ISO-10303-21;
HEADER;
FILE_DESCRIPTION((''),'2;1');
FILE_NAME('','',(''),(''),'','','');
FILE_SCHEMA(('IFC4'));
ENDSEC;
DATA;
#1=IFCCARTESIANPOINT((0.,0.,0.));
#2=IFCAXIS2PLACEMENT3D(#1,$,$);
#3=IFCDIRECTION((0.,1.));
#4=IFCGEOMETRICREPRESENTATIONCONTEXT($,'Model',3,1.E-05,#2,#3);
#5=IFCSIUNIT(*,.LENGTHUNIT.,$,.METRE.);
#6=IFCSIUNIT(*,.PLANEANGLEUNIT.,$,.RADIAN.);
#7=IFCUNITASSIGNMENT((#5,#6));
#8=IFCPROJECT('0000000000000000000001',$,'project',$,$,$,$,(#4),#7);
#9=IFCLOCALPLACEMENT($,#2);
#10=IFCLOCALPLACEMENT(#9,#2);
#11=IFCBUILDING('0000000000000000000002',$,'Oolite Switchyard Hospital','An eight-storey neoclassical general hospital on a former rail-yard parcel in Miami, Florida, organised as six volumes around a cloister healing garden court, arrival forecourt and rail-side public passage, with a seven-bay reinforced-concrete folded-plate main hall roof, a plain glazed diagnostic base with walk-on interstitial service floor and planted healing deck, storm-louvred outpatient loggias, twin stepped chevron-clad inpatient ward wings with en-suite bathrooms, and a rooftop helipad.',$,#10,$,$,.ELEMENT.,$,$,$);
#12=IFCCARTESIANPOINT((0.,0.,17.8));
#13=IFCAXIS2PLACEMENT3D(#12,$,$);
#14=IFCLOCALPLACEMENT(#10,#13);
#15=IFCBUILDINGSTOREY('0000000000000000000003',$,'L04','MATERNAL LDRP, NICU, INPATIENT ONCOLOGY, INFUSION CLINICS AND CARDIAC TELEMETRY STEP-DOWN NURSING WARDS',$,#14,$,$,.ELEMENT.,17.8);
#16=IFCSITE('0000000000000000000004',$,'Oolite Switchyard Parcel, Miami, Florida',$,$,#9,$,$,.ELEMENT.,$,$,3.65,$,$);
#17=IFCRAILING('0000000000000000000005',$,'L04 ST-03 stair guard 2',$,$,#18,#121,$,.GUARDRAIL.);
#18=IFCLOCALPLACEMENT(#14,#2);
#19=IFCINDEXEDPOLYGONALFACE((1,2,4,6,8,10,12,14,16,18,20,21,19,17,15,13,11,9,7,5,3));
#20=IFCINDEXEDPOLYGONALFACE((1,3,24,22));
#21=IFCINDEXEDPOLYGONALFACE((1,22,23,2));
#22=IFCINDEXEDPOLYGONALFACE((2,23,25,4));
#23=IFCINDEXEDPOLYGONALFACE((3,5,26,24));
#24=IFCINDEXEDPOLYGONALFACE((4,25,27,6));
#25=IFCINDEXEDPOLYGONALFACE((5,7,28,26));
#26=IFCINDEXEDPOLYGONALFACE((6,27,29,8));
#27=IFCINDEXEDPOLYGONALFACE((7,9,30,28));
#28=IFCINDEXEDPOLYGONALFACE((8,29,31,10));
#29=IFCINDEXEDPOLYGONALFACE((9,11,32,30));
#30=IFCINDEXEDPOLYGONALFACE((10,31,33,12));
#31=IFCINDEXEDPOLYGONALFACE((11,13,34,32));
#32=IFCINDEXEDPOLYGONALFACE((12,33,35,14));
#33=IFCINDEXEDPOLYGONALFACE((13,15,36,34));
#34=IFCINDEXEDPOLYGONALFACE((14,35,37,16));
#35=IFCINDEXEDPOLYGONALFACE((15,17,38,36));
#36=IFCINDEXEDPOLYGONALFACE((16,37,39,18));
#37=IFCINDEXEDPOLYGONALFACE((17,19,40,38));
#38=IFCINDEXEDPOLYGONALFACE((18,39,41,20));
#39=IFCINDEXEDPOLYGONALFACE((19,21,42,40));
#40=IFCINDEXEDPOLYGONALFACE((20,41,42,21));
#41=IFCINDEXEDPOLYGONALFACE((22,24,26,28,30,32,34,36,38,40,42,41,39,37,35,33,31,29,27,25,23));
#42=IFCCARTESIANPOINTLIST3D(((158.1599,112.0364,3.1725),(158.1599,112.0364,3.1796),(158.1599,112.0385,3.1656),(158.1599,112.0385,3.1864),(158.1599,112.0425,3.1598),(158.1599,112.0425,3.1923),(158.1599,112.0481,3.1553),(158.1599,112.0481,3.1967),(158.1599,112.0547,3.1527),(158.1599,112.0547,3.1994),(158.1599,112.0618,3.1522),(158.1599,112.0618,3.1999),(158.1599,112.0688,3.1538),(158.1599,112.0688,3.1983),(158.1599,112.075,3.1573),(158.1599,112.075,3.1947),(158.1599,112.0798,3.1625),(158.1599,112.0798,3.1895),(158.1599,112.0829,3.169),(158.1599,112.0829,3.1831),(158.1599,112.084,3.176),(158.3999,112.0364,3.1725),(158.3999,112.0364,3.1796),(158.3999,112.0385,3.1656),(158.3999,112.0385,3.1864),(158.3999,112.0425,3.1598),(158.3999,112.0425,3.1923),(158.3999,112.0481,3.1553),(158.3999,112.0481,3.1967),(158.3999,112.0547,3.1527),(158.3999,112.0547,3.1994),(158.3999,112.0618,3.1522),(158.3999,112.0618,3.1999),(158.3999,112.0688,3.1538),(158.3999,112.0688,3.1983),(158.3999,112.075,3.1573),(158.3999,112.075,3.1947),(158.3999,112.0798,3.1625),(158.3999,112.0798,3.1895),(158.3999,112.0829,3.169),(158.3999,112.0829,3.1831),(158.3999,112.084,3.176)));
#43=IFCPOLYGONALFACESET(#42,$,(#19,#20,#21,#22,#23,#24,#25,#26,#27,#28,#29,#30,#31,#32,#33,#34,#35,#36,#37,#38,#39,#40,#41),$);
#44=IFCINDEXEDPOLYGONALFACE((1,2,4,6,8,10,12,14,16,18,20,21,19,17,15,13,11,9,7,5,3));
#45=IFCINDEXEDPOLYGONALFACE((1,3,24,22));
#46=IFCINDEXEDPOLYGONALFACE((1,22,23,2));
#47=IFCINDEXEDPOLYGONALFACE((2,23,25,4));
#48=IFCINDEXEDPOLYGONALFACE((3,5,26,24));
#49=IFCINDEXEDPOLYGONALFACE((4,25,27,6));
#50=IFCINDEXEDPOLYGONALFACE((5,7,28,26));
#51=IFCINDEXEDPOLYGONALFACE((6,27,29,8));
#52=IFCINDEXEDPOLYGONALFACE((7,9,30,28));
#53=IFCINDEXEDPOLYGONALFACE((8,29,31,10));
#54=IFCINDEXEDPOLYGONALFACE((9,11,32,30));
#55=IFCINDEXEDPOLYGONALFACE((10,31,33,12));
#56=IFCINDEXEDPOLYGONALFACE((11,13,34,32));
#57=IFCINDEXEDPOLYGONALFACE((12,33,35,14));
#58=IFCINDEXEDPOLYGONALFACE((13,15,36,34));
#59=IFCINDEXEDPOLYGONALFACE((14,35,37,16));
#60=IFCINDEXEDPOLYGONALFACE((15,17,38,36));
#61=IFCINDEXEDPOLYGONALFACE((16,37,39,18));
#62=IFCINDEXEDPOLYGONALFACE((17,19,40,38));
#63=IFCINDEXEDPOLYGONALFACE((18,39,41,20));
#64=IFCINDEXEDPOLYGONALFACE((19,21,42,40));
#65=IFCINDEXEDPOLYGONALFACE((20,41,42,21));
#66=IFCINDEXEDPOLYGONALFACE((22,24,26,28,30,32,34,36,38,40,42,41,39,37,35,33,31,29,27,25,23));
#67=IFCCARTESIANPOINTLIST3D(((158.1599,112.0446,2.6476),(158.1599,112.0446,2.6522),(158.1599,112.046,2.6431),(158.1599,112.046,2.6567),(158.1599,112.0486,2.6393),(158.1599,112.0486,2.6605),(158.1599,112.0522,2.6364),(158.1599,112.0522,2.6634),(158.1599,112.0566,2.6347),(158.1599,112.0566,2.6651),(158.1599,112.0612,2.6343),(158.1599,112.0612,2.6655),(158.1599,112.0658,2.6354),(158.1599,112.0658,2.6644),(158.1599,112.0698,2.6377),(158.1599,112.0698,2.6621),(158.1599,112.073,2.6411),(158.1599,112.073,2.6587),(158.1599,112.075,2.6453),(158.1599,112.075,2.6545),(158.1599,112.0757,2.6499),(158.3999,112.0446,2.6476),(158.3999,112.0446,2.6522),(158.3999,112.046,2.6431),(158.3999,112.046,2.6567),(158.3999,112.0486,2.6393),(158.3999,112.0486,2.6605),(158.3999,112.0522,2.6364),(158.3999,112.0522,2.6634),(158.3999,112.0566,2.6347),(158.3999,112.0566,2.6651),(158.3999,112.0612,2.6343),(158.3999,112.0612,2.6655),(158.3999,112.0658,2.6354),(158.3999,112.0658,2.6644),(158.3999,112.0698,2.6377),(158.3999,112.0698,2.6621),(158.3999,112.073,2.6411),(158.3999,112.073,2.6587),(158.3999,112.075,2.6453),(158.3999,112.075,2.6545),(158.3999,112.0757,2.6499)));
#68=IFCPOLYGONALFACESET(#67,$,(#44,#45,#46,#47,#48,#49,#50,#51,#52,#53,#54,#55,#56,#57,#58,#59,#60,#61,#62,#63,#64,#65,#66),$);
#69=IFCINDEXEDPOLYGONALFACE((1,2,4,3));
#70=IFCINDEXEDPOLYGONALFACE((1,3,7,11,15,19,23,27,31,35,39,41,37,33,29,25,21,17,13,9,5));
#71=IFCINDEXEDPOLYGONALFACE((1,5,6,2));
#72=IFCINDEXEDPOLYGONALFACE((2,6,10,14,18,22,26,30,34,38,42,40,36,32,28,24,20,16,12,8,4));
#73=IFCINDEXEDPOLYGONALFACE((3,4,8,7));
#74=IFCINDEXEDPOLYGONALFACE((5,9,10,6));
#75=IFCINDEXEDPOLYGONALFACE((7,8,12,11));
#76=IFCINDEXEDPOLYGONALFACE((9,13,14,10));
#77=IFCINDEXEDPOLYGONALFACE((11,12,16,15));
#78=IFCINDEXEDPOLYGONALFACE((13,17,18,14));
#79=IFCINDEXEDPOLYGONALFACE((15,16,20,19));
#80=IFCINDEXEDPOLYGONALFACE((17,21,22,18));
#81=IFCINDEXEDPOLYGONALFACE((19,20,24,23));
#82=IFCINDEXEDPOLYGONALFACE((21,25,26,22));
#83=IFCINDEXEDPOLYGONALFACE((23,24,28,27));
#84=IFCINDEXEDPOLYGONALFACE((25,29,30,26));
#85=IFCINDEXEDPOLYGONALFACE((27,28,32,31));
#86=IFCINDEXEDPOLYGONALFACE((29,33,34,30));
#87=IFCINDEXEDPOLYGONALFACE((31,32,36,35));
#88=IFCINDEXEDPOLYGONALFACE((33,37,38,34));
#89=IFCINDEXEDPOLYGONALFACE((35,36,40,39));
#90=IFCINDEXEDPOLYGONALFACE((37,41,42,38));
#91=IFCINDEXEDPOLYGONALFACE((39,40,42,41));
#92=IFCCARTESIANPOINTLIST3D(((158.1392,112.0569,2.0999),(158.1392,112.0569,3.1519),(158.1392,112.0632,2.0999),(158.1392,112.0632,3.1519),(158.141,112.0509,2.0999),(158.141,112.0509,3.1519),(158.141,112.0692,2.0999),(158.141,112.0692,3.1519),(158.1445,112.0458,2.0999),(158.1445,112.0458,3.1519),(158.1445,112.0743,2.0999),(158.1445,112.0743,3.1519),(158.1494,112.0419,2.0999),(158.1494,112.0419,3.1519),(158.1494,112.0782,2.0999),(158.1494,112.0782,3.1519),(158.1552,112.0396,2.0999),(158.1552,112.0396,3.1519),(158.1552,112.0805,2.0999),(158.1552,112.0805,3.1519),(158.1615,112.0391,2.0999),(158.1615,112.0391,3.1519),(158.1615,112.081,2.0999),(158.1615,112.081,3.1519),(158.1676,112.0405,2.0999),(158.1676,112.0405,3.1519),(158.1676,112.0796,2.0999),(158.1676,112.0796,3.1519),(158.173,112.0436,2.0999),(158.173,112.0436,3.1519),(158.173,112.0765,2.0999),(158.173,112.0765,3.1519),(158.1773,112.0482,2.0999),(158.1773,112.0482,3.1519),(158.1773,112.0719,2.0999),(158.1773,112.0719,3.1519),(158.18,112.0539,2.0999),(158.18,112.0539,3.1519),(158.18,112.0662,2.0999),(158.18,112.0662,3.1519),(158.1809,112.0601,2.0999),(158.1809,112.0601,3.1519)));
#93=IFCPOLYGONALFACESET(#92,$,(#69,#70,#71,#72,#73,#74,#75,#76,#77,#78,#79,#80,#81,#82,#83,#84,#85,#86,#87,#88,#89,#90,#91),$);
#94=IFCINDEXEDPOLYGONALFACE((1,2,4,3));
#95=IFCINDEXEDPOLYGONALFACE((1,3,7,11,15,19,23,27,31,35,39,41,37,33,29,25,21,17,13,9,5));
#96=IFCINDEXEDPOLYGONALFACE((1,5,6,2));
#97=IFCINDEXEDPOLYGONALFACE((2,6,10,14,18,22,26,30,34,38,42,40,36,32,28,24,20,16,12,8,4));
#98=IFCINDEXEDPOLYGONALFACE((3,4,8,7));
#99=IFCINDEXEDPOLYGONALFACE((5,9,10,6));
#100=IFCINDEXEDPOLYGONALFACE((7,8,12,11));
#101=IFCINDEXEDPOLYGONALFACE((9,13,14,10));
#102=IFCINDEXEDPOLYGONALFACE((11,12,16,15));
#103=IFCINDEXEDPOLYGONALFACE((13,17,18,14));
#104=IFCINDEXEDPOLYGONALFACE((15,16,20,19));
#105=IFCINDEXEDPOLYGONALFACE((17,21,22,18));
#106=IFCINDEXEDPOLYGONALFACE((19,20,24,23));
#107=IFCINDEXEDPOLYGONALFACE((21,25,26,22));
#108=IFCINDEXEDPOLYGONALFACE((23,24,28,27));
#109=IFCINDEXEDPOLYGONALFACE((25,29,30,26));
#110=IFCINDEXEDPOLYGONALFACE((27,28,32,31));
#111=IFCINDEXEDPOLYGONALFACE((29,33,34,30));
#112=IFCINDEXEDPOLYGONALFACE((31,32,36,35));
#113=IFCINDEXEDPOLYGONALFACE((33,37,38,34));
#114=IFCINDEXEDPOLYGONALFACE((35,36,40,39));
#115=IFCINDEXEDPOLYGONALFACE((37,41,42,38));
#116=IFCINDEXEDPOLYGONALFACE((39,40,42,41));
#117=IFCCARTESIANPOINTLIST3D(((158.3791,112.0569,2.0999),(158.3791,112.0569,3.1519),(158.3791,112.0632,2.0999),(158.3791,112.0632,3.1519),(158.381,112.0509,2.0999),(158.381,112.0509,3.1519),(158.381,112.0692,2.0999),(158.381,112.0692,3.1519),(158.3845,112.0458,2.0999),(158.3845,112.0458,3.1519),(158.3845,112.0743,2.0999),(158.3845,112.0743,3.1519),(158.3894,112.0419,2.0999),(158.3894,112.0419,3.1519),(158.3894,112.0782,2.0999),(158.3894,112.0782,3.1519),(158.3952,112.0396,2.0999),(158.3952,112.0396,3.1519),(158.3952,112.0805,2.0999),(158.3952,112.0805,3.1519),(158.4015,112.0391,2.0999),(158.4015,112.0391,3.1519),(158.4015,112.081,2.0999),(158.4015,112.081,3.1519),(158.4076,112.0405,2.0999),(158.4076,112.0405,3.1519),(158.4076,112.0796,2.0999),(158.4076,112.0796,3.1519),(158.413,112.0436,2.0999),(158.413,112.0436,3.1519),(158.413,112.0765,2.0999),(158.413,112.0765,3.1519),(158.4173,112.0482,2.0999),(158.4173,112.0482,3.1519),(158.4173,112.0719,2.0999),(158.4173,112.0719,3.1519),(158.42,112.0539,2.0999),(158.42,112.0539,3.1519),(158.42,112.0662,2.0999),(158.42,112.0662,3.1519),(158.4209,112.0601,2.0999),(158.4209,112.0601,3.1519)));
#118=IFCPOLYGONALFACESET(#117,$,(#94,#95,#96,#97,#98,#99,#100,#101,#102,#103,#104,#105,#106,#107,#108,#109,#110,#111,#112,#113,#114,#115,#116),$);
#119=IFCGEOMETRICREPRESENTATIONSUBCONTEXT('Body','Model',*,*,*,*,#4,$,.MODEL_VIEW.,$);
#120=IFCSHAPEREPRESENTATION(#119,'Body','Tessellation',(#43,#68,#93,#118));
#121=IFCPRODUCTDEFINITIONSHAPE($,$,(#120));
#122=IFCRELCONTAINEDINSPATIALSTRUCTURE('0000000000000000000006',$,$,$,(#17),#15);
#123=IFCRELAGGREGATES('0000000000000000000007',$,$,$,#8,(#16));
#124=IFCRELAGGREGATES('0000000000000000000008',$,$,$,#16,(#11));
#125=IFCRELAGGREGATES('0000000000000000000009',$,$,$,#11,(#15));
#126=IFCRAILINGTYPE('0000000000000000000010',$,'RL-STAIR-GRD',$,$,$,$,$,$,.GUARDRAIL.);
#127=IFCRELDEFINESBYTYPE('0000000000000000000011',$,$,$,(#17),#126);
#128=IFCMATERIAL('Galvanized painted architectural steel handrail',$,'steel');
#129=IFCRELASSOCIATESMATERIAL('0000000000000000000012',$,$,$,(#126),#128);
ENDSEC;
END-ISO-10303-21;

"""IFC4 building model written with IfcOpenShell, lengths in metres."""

from ifc_helpers import new_model, si_unit, direction, frame, origin, origin_2d, place, context, subcontext, project, spatial, circle, extrude, material, type_object, element, save


model = new_model("IFC4")

# Units and contexts
model_context = context("Model", 3, precision=1e-05, world=origin(), true_north=direction((0.0, 1.0)))
body_context = subcontext(model_context, "Body", "Model", "MODEL_VIEW")
ifc_project = project(units=[si_unit("LENGTHUNIT", "METRE"), si_unit("PLANEANGLEUNIT", "RADIAN")], contexts=[model_context])

# Site, building, storey
site_placement = place(None, origin())
site = spatial("IfcSite", under=ifc_project, at=site_placement, Name="Oolite Switchyard Parcel, Miami, Florida", CompositionType="ELEMENT", RefElevation=3.65)
building_placement = place(site_placement, origin())
building = spatial("IfcBuilding", under=site, at=building_placement, Name="Oolite Switchyard Hospital", Description="An eight-storey neoclassical general hospital on a former rail-yard parcel in Miami, Florida, organised as six volumes around a cloister healing garden court, arrival forecourt and rail-side public passage, with a seven-bay reinforced-concrete folded-plate main hall roof, a plain glazed diagnostic base with walk-on interstitial service floor and planted healing deck, storm-louvred outpatient loggias, twin stepped chevron-clad inpatient ward wings with en-suite bathrooms, and a rooftop helipad.", CompositionType="ELEMENT")
storey_placement = place(building_placement, frame((0.0, 0.0, 17.8)))
storey = spatial("IfcBuildingStorey", under=building, at=storey_placement, Name="L04", Description="MATERNAL LDRP, NICU, INPATIENT ONCOLOGY, INFUSION CLINICS AND CARDIAC TELEMETRY STEP-DOWN NURSING WARDS", CompositionType="ELEMENT", Elevation=17.8)

# Railing
ifc_material_1 = material(Name="Galvanized painted architectural steel handrail", Category="steel")
railing_type_1 = type_object("IfcRailingType", Name="RL-STAIR-GRD", PredefinedType="GUARDRAIL", material=ifc_material_1)
railing_1_placement = place(storey_placement, frame((158.1599, 112.0601, 2.0999)))
element("IfcRailing", 1, at=railing_1_placement, inside=storey, type_object=railing_type_1, Name="L04 ST-03 stair guard 2", PredefinedType="GUARDRAIL", context=body_context, shape_type="SweptSolid", body=[
    extrude(circle(Radius=0.0239, at=origin_2d()), frame((0.0, 0.0, 1.0762), z_axis=(1.0, 0.0, 0.0), x_axis=(0.0, 1.0, 0.0)), (0.0, 0.0, 1.0), 0.24),
    extrude(circle(Radius=0.0156, at=origin_2d()), frame((0.0, 0.0, 0.55), z_axis=(1.0, 0.0, 0.0), x_axis=(0.0, 1.0, 0.0)), (0.0, 0.0, 1.0), 0.24),
    extrude(circle(Radius=0.021, at=origin_2d()), origin(), (0.0, 0.0, 1.0), 1.052),
    extrude(circle(Radius=0.021, at=origin_2d()), frame((0.24, 0.0, 0.0)), (0.0, 0.0, 1.0), 1.052),
])

save(model, "model.ifc")
